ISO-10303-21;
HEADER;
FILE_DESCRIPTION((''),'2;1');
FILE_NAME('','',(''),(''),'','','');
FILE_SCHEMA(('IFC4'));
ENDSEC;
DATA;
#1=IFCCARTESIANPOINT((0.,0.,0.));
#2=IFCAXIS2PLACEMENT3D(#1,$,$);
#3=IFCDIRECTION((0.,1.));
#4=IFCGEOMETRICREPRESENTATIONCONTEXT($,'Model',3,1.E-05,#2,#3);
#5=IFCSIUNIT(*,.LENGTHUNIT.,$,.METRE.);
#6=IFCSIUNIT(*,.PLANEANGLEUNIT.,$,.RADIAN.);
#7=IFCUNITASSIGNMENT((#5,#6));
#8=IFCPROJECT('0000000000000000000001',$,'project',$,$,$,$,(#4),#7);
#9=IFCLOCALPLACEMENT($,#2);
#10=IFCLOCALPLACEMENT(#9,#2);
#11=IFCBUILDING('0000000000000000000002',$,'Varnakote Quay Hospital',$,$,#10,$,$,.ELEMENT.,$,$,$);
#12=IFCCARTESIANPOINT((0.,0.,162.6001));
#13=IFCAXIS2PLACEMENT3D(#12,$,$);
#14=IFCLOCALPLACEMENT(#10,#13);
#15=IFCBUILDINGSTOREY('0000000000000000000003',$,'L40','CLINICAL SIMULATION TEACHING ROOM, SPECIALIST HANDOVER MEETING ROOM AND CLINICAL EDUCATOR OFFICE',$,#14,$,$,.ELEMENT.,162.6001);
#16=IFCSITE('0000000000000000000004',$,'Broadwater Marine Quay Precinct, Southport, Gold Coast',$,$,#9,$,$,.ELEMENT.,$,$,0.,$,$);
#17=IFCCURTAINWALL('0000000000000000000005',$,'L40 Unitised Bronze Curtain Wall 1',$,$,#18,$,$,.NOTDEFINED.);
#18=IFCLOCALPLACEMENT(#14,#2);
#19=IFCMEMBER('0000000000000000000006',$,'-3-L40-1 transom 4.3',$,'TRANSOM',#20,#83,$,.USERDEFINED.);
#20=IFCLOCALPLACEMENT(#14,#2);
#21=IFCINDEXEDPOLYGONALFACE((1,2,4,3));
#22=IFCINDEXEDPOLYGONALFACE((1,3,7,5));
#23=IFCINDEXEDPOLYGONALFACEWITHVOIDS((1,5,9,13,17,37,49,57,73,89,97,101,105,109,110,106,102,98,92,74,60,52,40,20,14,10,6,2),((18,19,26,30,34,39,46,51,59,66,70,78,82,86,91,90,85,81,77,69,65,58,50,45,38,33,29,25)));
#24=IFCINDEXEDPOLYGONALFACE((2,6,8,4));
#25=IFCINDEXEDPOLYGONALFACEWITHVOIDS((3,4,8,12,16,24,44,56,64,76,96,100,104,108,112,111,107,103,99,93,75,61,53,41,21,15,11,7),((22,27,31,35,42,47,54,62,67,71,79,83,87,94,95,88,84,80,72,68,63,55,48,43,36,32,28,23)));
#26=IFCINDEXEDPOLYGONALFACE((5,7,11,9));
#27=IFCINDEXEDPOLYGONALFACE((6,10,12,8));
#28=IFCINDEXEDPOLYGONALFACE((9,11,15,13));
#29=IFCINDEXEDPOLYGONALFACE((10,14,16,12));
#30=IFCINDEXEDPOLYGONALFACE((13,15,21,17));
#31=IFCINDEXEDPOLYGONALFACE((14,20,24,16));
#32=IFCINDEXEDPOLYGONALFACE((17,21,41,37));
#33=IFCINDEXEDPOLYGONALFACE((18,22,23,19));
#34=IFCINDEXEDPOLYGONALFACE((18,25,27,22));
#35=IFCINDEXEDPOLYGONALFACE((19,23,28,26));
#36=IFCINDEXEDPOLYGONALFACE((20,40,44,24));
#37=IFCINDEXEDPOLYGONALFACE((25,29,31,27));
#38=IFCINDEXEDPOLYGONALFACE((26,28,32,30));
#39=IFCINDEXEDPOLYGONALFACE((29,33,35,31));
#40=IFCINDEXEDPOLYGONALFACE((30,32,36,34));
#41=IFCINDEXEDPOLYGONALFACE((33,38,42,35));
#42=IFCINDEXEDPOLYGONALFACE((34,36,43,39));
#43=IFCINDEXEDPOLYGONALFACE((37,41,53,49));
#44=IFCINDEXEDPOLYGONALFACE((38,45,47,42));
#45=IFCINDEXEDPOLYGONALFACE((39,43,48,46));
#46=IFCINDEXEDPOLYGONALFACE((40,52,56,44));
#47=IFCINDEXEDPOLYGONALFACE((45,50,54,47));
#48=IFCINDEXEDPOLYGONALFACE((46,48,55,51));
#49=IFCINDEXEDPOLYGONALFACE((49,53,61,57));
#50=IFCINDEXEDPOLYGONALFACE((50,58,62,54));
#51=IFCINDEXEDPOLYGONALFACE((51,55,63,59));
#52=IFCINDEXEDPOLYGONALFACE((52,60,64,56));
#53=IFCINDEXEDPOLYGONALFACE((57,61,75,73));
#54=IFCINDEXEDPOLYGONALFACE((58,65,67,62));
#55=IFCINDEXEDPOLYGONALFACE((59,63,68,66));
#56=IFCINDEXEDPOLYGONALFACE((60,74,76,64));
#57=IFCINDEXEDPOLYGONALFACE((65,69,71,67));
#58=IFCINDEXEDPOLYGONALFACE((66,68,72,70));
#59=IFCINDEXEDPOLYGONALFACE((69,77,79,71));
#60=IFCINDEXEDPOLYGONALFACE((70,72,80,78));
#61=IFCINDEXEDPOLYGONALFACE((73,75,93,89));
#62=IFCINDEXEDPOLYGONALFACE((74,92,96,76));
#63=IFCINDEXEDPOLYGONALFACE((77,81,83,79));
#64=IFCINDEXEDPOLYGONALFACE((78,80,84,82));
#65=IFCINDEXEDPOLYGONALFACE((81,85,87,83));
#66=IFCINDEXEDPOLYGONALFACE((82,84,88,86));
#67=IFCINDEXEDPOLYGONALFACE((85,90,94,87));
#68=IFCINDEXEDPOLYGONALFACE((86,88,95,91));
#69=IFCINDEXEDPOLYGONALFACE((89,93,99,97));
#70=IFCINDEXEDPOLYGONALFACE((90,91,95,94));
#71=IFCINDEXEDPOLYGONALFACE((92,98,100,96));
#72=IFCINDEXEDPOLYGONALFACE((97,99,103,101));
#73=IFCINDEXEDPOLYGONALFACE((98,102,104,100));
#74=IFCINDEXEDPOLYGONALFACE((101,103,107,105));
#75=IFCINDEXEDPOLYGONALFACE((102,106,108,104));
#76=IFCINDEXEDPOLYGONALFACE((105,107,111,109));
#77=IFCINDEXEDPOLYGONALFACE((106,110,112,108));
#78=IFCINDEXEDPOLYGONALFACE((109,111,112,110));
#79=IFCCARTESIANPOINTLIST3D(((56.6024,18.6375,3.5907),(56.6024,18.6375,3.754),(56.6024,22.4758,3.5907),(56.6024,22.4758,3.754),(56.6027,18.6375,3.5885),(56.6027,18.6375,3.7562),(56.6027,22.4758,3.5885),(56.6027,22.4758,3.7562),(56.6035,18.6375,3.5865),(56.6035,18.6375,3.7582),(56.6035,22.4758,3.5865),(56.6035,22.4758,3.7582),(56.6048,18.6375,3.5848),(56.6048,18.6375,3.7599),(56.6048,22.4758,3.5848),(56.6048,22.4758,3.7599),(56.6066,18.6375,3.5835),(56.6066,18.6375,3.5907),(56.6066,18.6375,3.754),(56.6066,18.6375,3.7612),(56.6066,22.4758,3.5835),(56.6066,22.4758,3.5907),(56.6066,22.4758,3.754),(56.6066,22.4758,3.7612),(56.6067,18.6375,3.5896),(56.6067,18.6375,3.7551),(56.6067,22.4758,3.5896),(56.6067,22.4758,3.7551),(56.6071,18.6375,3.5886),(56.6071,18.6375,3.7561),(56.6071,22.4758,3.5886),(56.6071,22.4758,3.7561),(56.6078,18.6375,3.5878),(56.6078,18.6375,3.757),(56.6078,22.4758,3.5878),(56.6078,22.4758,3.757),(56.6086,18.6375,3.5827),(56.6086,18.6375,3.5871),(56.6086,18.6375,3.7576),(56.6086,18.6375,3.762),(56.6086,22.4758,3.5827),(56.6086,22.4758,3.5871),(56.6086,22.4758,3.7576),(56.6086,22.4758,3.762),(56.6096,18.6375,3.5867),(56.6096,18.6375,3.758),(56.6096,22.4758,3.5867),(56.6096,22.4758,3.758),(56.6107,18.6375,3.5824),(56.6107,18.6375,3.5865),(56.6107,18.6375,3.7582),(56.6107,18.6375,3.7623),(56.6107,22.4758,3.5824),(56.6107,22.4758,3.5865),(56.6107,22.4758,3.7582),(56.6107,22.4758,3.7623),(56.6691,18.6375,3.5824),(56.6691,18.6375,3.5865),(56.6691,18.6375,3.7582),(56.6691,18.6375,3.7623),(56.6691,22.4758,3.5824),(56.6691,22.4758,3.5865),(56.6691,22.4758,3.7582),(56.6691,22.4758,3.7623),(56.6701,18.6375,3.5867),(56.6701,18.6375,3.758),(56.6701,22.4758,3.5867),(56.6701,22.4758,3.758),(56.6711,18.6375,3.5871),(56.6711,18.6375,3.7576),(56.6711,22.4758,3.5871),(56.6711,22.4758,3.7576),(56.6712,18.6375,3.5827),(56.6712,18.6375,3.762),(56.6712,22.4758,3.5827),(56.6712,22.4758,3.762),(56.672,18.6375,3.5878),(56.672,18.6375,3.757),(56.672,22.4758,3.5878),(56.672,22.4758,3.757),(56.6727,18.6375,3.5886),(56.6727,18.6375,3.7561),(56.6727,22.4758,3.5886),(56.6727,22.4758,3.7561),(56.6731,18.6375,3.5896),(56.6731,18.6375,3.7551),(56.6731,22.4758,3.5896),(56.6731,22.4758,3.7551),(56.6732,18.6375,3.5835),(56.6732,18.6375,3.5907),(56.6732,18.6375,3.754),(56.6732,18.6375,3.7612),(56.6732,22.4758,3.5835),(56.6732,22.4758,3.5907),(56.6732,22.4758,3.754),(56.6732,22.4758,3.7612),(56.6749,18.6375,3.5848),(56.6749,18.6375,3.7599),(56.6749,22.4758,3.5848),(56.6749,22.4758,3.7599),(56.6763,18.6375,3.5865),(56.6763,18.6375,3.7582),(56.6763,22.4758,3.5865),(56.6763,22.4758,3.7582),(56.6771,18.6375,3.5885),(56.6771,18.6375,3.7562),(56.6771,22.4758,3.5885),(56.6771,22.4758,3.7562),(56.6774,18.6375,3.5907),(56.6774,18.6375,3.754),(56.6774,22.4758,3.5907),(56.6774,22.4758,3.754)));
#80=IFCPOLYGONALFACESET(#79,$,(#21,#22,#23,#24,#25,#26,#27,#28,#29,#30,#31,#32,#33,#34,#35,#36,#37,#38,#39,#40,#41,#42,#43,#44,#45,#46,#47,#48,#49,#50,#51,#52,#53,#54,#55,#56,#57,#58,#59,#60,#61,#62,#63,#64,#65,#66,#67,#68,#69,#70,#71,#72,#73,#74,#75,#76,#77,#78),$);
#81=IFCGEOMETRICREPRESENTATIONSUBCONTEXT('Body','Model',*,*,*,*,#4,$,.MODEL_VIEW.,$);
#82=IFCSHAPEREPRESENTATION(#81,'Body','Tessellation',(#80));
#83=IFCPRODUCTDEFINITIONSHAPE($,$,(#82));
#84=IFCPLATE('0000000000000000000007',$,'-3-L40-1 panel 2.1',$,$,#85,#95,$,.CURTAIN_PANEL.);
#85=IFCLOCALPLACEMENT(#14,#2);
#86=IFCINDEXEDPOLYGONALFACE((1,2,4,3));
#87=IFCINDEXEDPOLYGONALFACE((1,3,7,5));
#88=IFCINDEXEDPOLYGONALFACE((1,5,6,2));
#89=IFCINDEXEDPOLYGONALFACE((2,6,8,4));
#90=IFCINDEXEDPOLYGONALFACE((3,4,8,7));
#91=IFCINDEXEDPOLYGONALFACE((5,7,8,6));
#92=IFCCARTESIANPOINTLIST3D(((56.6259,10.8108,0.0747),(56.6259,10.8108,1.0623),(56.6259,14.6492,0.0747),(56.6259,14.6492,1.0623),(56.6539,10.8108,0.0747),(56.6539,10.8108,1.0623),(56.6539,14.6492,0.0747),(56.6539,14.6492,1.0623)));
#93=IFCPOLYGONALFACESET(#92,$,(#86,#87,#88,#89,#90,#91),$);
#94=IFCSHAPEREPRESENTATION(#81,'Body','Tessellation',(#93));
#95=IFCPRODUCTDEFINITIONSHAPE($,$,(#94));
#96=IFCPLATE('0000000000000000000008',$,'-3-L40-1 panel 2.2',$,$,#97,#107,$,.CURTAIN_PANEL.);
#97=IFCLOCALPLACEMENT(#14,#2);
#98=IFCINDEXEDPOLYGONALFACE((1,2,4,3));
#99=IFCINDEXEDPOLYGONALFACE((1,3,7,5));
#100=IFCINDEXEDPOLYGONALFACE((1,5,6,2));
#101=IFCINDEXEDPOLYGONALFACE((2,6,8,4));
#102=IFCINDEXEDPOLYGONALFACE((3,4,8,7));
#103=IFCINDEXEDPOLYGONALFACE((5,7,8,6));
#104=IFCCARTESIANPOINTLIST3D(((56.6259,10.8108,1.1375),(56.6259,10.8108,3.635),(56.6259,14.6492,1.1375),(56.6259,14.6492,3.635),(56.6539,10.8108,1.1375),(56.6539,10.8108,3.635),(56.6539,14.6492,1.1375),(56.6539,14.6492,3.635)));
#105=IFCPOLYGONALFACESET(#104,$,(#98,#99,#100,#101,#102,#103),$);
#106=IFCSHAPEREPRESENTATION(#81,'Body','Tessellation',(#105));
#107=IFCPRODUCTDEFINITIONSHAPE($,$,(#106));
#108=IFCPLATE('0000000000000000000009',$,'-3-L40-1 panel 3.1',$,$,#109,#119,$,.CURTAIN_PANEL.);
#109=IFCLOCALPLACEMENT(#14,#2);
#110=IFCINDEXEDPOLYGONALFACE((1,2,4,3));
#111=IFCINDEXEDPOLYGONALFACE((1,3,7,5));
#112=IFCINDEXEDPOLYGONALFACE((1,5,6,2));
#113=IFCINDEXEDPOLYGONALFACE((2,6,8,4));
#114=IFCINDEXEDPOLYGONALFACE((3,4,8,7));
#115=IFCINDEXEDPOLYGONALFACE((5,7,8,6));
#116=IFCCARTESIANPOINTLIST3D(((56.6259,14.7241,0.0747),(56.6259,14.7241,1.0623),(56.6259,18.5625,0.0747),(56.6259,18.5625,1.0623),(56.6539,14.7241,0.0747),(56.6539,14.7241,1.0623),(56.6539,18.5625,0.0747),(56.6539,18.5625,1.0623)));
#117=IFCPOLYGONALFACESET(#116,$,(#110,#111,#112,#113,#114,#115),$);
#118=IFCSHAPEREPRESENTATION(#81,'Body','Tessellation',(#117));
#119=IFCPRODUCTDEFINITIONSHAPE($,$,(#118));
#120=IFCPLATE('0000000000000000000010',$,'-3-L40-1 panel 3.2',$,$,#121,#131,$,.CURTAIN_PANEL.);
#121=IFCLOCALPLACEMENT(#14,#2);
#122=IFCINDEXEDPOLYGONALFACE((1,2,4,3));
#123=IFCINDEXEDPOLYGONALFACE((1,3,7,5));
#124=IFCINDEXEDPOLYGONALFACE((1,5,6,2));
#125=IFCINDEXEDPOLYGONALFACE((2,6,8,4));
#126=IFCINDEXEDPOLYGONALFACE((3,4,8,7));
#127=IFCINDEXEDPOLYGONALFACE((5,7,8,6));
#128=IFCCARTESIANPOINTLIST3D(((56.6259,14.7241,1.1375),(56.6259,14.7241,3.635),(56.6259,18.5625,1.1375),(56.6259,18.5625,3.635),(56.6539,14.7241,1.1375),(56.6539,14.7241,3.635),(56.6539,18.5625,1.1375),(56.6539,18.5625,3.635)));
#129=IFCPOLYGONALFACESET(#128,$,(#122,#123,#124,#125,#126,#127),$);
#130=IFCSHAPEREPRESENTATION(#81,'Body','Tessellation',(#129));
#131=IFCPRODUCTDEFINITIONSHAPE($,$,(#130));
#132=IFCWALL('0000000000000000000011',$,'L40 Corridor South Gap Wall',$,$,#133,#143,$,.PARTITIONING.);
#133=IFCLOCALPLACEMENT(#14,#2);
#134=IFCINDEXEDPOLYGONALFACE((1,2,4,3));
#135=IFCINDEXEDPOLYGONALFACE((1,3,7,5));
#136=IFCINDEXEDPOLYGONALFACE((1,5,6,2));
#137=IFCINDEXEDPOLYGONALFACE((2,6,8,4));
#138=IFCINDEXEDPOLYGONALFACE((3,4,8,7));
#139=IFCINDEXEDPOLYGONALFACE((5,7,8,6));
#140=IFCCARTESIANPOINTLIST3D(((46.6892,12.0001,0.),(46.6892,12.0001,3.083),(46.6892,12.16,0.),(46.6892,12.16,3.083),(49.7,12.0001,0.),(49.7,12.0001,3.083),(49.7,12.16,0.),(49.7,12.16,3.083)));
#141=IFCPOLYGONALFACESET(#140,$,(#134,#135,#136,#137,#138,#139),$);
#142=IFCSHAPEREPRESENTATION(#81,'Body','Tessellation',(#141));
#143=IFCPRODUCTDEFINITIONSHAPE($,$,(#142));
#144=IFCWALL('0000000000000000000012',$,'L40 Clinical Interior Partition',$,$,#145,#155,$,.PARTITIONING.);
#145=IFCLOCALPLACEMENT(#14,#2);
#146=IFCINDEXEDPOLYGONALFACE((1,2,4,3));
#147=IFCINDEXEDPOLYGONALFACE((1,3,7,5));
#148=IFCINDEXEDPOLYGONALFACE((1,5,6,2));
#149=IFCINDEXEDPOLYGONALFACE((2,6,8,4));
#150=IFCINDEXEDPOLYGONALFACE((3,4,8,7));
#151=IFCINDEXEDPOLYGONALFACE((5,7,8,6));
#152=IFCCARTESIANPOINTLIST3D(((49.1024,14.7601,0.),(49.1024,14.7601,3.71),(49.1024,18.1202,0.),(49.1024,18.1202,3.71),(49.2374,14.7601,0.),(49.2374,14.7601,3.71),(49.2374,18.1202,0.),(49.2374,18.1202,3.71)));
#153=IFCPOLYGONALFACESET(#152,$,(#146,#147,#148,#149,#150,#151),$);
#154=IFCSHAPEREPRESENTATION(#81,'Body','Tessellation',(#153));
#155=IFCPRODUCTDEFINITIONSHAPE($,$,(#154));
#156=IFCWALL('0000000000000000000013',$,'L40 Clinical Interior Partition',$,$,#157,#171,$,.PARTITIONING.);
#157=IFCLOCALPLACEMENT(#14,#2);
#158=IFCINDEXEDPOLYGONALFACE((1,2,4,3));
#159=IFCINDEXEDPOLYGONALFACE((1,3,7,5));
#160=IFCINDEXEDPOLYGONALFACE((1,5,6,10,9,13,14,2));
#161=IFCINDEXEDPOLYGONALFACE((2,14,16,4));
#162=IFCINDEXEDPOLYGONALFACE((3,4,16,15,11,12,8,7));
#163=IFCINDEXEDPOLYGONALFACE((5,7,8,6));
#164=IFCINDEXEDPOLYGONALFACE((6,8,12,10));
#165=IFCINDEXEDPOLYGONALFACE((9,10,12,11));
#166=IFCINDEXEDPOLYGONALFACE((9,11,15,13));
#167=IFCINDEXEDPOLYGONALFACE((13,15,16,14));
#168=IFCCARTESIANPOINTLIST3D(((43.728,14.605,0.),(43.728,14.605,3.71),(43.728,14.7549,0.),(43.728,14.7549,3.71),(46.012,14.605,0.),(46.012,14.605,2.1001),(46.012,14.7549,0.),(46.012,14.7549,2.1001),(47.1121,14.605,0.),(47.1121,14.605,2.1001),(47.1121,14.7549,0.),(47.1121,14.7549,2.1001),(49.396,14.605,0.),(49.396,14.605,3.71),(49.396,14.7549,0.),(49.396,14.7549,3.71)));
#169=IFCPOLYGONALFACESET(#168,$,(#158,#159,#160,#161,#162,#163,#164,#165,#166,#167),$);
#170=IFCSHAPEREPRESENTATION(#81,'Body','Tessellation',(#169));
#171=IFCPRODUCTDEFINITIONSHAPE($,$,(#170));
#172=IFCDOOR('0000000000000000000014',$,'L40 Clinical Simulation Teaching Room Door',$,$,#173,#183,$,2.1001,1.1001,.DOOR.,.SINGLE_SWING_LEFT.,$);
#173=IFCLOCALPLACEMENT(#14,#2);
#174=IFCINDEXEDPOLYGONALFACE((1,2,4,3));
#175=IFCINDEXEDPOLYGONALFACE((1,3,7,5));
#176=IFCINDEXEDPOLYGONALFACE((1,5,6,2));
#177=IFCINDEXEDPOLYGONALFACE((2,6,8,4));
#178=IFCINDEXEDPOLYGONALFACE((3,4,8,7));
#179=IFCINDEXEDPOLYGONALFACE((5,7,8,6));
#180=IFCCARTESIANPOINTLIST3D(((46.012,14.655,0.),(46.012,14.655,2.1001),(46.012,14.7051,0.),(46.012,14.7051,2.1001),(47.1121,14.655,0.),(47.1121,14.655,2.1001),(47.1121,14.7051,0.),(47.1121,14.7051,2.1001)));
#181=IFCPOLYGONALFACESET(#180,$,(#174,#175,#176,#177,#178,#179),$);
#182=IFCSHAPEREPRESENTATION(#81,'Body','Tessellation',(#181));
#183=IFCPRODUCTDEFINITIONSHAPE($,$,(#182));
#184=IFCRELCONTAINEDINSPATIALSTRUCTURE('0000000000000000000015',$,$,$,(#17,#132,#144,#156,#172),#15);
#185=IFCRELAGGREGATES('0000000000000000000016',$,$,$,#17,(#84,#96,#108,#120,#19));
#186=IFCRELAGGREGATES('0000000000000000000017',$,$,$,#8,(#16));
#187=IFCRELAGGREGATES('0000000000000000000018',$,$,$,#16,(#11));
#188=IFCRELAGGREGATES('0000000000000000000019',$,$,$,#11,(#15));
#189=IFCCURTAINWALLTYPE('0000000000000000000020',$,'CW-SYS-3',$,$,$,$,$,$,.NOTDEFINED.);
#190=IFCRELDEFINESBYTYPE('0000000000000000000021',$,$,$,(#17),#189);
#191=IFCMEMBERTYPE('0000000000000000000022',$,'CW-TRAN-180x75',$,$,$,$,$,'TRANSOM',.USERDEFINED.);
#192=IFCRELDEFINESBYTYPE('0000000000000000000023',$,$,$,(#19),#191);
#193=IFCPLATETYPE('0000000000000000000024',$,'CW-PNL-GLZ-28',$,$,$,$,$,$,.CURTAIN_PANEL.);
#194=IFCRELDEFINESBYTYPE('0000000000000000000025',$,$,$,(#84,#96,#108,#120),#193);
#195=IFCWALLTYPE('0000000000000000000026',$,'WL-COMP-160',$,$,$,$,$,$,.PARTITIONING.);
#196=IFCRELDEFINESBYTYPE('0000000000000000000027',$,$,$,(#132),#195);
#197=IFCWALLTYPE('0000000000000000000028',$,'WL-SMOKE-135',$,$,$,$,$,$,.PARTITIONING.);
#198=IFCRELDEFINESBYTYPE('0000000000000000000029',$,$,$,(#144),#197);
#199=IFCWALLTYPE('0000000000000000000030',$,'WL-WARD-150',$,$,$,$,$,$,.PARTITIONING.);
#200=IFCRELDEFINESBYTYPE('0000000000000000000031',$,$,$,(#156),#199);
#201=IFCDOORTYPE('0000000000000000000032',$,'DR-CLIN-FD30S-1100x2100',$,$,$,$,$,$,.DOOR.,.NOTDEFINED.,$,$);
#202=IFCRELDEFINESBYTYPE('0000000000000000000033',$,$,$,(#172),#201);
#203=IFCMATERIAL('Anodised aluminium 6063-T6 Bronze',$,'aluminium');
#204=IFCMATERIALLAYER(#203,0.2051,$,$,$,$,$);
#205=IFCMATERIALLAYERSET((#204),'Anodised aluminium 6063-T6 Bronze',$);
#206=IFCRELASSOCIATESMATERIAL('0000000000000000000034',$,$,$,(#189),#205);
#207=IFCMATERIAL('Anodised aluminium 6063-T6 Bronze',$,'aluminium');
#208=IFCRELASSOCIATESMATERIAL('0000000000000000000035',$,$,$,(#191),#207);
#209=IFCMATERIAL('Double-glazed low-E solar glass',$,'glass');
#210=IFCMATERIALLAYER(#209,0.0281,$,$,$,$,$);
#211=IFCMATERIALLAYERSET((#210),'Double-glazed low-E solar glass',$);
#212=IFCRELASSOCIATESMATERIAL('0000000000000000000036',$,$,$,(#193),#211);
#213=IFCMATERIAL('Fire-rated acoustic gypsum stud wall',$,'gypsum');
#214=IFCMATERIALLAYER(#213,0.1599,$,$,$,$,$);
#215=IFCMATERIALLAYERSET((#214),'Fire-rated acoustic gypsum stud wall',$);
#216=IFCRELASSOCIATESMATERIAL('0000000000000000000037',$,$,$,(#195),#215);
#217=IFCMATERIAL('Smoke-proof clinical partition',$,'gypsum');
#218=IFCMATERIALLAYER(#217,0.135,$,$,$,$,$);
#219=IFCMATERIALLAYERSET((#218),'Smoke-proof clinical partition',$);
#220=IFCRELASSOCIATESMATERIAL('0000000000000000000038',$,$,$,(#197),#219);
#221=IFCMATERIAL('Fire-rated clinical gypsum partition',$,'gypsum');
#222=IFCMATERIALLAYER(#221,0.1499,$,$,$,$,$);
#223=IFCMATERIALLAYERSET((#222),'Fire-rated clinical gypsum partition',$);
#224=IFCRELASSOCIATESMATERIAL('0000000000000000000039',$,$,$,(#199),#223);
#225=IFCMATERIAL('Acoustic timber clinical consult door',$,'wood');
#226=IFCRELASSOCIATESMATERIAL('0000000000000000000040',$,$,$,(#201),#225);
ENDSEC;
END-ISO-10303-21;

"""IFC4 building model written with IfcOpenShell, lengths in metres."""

from ifc_helpers import new_model, si_unit, direction, frame, frame_2d, origin, origin_2d, place, context, subcontext, project, spatial, rectangle, hollow_rectangle, extrude, material, layer, layer_set, material_profile, profile_set, type_object, element, fill, aggregate, save


model = new_model("IFC4")

# Units and contexts
model_context = context("Model", 3, precision=1e-05, world=origin(), true_north=direction((0.0, 1.0)))
body_context = subcontext(model_context, "Body", "Model", "MODEL_VIEW")
ifc_project = project(units=[si_unit("LENGTHUNIT", "METRE"), si_unit("PLANEANGLEUNIT", "RADIAN")], contexts=[model_context])

# Site, building, storey
site_placement = place(None, origin())
site = spatial("IfcSite", under=ifc_project, at=site_placement, Name="Broadwater Marine Quay Precinct, Southport, Gold Coast", CompositionType="ELEMENT", RefElevation=0.0)
building_placement = place(site_placement, origin())
building = spatial("IfcBuilding", under=site, at=building_placement, Name="Varnakote Quay Hospital", CompositionType="ELEMENT")
storey_placement = place(building_placement, frame((0.0, 0.0, 162.6001)))
storey = spatial("IfcBuildingStorey", under=building, at=storey_placement, Name="L40", Description="CLINICAL SIMULATION TEACHING ROOM, SPECIALIST HANDOVER MEETING ROOM AND CLINICAL EDUCATOR OFFICE", CompositionType="ELEMENT", Elevation=162.6001)

# Curtain wall, member, plates
ifc_material_1 = material(Name="Anodised aluminium 6063-T6 Bronze", Category="aluminium")
ifc_layer_1 = layer(ifc_material_1, 0.2051)
ifc_layer_set_1 = layer_set([ifc_layer_1], Name="Anodised aluminium 6063-T6 Bronze")
curtain_wall_type = type_object("IfcCurtainWallType", Name="CW-SYS-3", PredefinedType="NOTDEFINED", material=ifc_layer_set_1)
curtain_wall_placement = place(storey_placement, origin())
curtain_wall = element("IfcCurtainWall", 1, at=curtain_wall_placement, inside=storey, type_object=curtain_wall_type, Name="L40 Unitised Bronze Curtain Wall 1", PredefinedType="NOTDEFINED")
ifc_material_2 = material(Name="Anodised aluminium 6063-T6 Bronze", Category="aluminium")
ifc_material_profile_1 = material_profile(ifc_material_2, hollow_rectangle(XDim=0.075, YDim=0.1799, WallThickness=0.0042, InnerFilletRadius=0.0042, OuterFilletRadius=0.0083, at=origin_2d()), Name="CW-TRAN-180x75")
ifc_profile_set_1 = profile_set([ifc_material_profile_1], Name="Anodised aluminium 6063-T6 Bronze")
member_type_1 = type_object("IfcMemberType", Name="CW-TRAN-180x75", ElementType="TRANSOM", PredefinedType="USERDEFINED", material=ifc_profile_set_1)
member_1_placement = place(storey_placement, frame((56.6399, 18.6375, 3.6724), z_axis=(0.0, 1.0, 0.0), x_axis=(-1.0, 0.0, 0.0)))
member_1 = element("IfcMember", 2, at=member_1_placement, type_object=member_type_1, Name="-3-L40-1 transom 4.3", ObjectType="TRANSOM", PredefinedType="USERDEFINED", context=body_context, shape_type="SweptSolid", body=[
    extrude(hollow_rectangle(XDim=0.075, YDim=0.1799, WallThickness=0.0042, InnerFilletRadius=0.0042, OuterFilletRadius=0.0083, at=origin_2d()), origin(), (0.0, 0.0, 1.0), 3.8384),
])
ifc_material_3 = material(Name="Double-glazed low-E solar glass", Category="glass")
ifc_layer_2 = layer(ifc_material_3, 0.0281)
ifc_layer_set_2 = layer_set([ifc_layer_2], Name="Double-glazed low-E solar glass")
plate_type = type_object("IfcPlateType", Name="CW-PNL-GLZ-28", PredefinedType="CURTAIN_PANEL", material=ifc_layer_set_2)
plate_1_placement = place(storey_placement, frame((56.6399, 12.73, 0.0747), z_axis=(0.0, 0.0, 1.0), x_axis=(0.0, 1.0, 0.0)))
plate_1 = element("IfcPlate", 3, at=plate_1_placement, type_object=plate_type, Name="-3-L40-1 panel 2.1", PredefinedType="CURTAIN_PANEL", context=body_context, shape_type="SweptSolid", body=[
    extrude(rectangle(XDim=3.8384, YDim=0.0281, at=origin_2d()), origin(), (0.0, 0.0, 1.0), 0.9875),
])
plate_2_placement = place(storey_placement, frame((56.6399, 12.73, 1.1375), z_axis=(0.0, 0.0, 1.0), x_axis=(0.0, 1.0, 0.0)))
plate_2 = element("IfcPlate", 4, at=plate_2_placement, type_object=plate_type, Name="-3-L40-1 panel 2.2", PredefinedType="CURTAIN_PANEL", context=body_context, shape_type="SweptSolid", body=[
    extrude(rectangle(XDim=3.8384, YDim=0.0281, at=origin_2d()), origin(), (0.0, 0.0, 1.0), 2.4976),
])
plate_3_placement = place(storey_placement, frame((56.6399, 16.6433, 0.0747), z_axis=(0.0, 0.0, 1.0), x_axis=(0.0, 1.0, 0.0)))
plate_3 = element("IfcPlate", 5, at=plate_3_placement, type_object=plate_type, Name="-3-L40-1 panel 3.1", PredefinedType="CURTAIN_PANEL", context=body_context, shape_type="SweptSolid", body=[
    extrude(rectangle(XDim=3.8384, YDim=0.0281, at=origin_2d()), origin(), (0.0, 0.0, 1.0), 0.9875),
])
plate_4_placement = place(storey_placement, frame((56.6399, 16.6433, 1.1375), z_axis=(0.0, 0.0, 1.0), x_axis=(0.0, 1.0, 0.0)))
plate_4 = element("IfcPlate", 6, at=plate_4_placement, type_object=plate_type, Name="-3-L40-1 panel 3.2", PredefinedType="CURTAIN_PANEL", context=body_context, shape_type="SweptSolid", body=[
    extrude(rectangle(XDim=3.8384, YDim=0.0281, at=origin_2d()), origin(), (0.0, 0.0, 1.0), 2.4976),
])
aggregate(curtain_wall, [plate_1, plate_2, plate_3, plate_4, member_1])

# Walls
ifc_material_4 = material(Name="Fire-rated acoustic gypsum stud wall", Category="gypsum")
ifc_layer_3 = layer(ifc_material_4, 0.1599)
ifc_layer_set_3 = layer_set([ifc_layer_3], Name="Fire-rated acoustic gypsum stud wall")
wall_type_1 = type_object("IfcWallType", Name="WL-COMP-160", PredefinedType="PARTITIONING", material=ifc_layer_set_3)
wall_1_placement = place(storey_placement, frame((46.6892, 12.0801, 0.0), z_axis=(0.0, 0.0, 1.0), x_axis=(1.0, 0.0, 0.0)))
element("IfcWall", 7, at=wall_1_placement, inside=storey, type_object=wall_type_1, Name="L40 Corridor South Gap Wall", PredefinedType="PARTITIONING", context=body_context, shape_type="SweptSolid", body=[
    extrude(rectangle(XDim=3.0107, YDim=0.1599, at=frame_2d((1.5054, 0.0))), origin(), (0.0, 0.0, 1.0), 3.083),
])
ifc_material_5 = material(Name="Smoke-proof clinical partition", Category="gypsum")
ifc_layer_4 = layer(ifc_material_5, 0.135)
ifc_layer_set_4 = layer_set([ifc_layer_4], Name="Smoke-proof clinical partition")
wall_type_2 = type_object("IfcWallType", Name="WL-SMOKE-135", PredefinedType="PARTITIONING", material=ifc_layer_set_4)
wall_2_placement = place(storey_placement, frame((49.1699, 14.76, 0.0), z_axis=(0.0, 0.0, 1.0), x_axis=(0.0, 1.0, 0.0)))
element("IfcWall", 8, at=wall_2_placement, inside=storey, type_object=wall_type_2, Name="L40 Clinical Interior Partition", PredefinedType="PARTITIONING", context=body_context, shape_type="SweptSolid", body=[
    extrude(rectangle(XDim=3.3601, YDim=0.135, at=frame_2d((1.6802, 0.0))), origin(), (0.0, 0.0, 1.0), 3.71),
])

# Wall, opening, door
ifc_material_6 = material(Name="Fire-rated clinical gypsum partition", Category="gypsum")
ifc_layer_5 = layer(ifc_material_6, 0.1499)
ifc_layer_set_5 = layer_set([ifc_layer_5], Name="Fire-rated clinical gypsum partition")
wall_type_3 = type_object("IfcWallType", Name="WL-WARD-150", PredefinedType="PARTITIONING", material=ifc_layer_set_5)
wall_3_placement = place(storey_placement, frame((49.396, 14.6799, 0.0), z_axis=(0.0, 0.0, 1.0), x_axis=(-1.0, 0.0, 0.0)))
wall_3 = element("IfcWall", 9, at=wall_3_placement, inside=storey, type_object=wall_type_3, Name="L40 Clinical Interior Partition", PredefinedType="PARTITIONING", context=body_context, shape_type="SweptSolid", body=[
    extrude(rectangle(XDim=5.668, YDim=0.1499, at=frame_2d((2.834, 0.0))), origin(), (0.0, 0.0, 1.0), 3.71),
])
opening_1_placement = place(wall_3_placement, frame((2.2839, 0.0, 0.0)))
opening_1 = element("IfcOpeningElement", 10, at=opening_1_placement, cuts=wall_3, PredefinedType="OPENING", context=body_context, shape_type="SweptSolid", body=[
    extrude(rectangle(XDim=1.1001, YDim=2.1001, at=frame_2d((0.55, 1.05))), frame((0.0, 0.085, 0.0), z_axis=(0.0, -1.0, 0.0), x_axis=(1.0, 0.0, 0.0)), (0.0, 0.0, 1.0), 0.1699),
])
ifc_material_7 = material(Name="Acoustic timber clinical consult door", Category="wood")
door_type = type_object("IfcDoorType", Name="DR-CLIN-FD30S-1100x2100", OperationType="NOTDEFINED", PredefinedType="DOOR", material=ifc_material_7)
door_1_placement = place(opening_1_placement, origin())
door_1 = element("IfcDoor", 11, at=door_1_placement, inside=storey, type_object=door_type, Name="L40 Clinical Simulation Teaching Room Door", OperationType="SINGLE_SWING_LEFT", OverallHeight=2.1001, OverallWidth=1.1001, PredefinedType="DOOR", context=body_context, shape_type="SweptSolid", body=[
    extrude(rectangle(XDim=1.1001, YDim=2.1001, at=frame_2d((0.55, 1.05))), frame((0.0, 0.0249, 0.0), z_axis=(0.0, -1.0, 0.0), x_axis=(1.0, 0.0, 0.0)), (0.0, 0.0, 1.0), 0.05),
])
fill(opening_1, door_1)

save(model, "model.ifc")
